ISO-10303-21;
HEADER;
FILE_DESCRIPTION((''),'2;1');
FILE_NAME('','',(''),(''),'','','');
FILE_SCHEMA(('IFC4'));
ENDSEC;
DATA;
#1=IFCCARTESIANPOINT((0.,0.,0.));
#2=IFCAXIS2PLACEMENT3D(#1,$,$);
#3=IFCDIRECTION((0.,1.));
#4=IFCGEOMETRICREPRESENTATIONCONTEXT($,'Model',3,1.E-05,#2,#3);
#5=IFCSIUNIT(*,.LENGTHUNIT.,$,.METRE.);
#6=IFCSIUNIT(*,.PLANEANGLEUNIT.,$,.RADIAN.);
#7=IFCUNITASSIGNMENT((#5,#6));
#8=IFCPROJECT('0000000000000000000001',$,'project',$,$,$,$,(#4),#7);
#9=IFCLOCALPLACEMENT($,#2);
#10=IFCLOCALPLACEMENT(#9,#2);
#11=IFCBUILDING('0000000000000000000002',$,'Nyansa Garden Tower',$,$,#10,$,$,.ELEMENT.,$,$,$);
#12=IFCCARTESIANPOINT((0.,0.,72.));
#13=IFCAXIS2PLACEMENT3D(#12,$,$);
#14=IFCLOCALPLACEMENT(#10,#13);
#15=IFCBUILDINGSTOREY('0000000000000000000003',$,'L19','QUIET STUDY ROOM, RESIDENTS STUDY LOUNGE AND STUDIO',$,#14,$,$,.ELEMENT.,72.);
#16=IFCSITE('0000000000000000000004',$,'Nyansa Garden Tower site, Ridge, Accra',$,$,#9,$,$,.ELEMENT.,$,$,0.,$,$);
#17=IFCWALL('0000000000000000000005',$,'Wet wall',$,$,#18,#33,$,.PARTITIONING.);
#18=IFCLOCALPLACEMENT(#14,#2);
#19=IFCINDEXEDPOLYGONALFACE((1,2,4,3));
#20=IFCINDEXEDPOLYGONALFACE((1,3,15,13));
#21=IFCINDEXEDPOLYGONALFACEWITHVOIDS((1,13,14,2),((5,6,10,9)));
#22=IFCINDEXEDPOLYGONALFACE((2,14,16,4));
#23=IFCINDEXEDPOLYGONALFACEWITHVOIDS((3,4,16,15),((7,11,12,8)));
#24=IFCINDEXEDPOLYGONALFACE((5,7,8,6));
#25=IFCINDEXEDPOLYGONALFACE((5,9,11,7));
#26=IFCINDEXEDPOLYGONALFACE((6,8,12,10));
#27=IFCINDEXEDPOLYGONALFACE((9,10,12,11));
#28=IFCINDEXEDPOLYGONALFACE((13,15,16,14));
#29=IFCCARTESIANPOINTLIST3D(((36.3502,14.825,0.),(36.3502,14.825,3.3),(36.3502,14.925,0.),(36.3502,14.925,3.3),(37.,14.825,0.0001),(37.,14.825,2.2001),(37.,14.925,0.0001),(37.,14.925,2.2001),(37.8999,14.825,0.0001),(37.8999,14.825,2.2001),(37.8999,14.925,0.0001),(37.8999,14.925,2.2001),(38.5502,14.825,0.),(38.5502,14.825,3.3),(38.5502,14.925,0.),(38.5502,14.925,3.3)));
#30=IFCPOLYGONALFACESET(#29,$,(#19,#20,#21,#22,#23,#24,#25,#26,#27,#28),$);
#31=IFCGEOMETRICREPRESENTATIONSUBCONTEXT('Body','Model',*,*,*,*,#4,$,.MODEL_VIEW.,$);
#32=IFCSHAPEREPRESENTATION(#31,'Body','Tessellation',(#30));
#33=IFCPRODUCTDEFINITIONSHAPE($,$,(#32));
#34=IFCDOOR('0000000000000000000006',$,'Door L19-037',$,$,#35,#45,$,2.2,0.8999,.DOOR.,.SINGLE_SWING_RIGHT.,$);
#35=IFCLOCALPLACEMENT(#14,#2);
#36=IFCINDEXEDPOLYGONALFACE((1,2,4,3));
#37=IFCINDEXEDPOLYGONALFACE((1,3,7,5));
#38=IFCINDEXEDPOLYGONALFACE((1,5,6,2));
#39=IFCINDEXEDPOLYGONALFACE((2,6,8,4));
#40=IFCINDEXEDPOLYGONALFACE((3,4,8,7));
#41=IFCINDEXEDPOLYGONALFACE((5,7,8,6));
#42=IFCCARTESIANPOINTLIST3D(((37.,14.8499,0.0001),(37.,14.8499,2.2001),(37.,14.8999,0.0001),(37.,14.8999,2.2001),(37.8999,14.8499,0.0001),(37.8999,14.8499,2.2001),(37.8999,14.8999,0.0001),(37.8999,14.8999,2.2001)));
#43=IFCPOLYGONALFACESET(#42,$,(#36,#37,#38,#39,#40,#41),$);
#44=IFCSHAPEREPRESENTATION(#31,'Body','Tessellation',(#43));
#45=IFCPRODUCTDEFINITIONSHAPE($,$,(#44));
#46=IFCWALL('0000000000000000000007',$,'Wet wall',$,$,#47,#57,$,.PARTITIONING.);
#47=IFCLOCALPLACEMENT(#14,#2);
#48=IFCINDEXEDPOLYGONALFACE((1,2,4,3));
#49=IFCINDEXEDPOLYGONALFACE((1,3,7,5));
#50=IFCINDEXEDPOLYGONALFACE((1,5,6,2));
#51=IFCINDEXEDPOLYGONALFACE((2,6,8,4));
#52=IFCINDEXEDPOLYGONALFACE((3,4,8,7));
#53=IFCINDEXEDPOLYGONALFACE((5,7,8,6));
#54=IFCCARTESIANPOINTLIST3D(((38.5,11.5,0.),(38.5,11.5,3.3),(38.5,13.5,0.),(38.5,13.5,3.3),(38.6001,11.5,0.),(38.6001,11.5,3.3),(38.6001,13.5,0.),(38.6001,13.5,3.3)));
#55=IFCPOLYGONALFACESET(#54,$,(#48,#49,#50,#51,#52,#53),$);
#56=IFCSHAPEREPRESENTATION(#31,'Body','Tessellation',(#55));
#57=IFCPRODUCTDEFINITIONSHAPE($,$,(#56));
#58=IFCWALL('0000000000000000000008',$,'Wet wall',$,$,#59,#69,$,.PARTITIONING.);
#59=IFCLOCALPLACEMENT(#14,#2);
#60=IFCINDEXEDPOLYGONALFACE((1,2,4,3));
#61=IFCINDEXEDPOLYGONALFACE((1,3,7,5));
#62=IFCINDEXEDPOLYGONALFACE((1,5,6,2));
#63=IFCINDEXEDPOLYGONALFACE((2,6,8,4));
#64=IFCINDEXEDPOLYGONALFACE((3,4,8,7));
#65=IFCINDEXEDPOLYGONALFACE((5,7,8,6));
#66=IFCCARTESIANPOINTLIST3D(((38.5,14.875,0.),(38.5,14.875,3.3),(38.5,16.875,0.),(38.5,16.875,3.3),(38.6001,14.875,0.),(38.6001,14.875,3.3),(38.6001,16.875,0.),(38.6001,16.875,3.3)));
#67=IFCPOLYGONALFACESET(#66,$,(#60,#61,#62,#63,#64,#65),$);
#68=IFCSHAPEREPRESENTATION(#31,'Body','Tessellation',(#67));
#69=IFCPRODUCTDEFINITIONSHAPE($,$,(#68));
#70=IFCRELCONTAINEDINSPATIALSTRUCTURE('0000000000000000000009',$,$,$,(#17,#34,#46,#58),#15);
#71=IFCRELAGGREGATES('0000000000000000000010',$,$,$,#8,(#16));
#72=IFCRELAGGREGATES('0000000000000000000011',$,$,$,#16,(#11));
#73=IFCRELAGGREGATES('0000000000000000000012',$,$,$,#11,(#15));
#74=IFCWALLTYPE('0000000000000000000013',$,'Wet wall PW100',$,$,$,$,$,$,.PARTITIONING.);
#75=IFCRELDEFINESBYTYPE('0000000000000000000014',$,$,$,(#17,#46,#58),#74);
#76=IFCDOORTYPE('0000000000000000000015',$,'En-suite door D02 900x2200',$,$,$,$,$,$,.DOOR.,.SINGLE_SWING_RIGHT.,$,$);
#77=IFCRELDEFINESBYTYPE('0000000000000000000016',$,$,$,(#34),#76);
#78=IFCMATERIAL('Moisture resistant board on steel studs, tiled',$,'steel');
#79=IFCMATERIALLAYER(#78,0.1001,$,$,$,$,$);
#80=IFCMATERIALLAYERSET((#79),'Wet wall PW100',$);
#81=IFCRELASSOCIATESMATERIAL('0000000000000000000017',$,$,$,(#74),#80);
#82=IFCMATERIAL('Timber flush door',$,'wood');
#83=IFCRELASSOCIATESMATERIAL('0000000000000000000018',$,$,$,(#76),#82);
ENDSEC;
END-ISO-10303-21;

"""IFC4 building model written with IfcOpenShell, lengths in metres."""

from ifc_helpers import new_model, si_unit, direction, frame, frame_2d, origin, place, context, subcontext, project, spatial, rectangle, extrude, material, layer, layer_set, type_object, element, fill, save


model = new_model("IFC4")

# Units and contexts
model_context = context("Model", 3, precision=1e-05, world=origin(), true_north=direction((0.0, 1.0)))
body_context = subcontext(model_context, "Body", "Model", "MODEL_VIEW")
ifc_project = project(units=[si_unit("LENGTHUNIT", "METRE"), si_unit("PLANEANGLEUNIT", "RADIAN")], contexts=[model_context])

# Site, building, storey
site_placement = place(None, origin())
site = spatial("IfcSite", under=ifc_project, at=site_placement, Name="Nyansa Garden Tower site, Ridge, Accra", CompositionType="ELEMENT", RefElevation=0.0)
building_placement = place(site_placement, origin())
building = spatial("IfcBuilding", under=site, at=building_placement, Name="Nyansa Garden Tower", CompositionType="ELEMENT")
storey_placement = place(building_placement, frame((0.0, 0.0, 72.0)))
storey = spatial("IfcBuildingStorey", under=building, at=storey_placement, Name="L19", Description="QUIET STUDY ROOM, RESIDENTS STUDY LOUNGE AND STUDIO", CompositionType="ELEMENT", Elevation=72.0)

# Wall, opening, door
ifc_material_1 = material(Name="Moisture resistant board on steel studs, tiled", Category="steel")
ifc_layer_1 = layer(ifc_material_1, 0.1001)
ifc_layer_set_1 = layer_set([ifc_layer_1], Name="Wet wall PW100")
wall_type_1 = type_object("IfcWallType", Name="Wet wall PW100", PredefinedType="PARTITIONING", material=ifc_layer_set_1)
ifc_material_2 = material(Name="Timber flush door", Category="wood")
door_type_1 = type_object("IfcDoorType", Name="En-suite door D02 900x2200", OperationType="SINGLE_SWING_RIGHT", PredefinedType="DOOR", material=ifc_material_2)
wall_1_placement = place(storey_placement, frame((36.3501, 14.875, 0.0), z_axis=(0.0, 0.0, 1.0), x_axis=(1.0, 0.0, 0.0)))
wall_1 = element("IfcWall", 1, at=wall_1_placement, inside=storey, type_object=wall_type_1, Name="Wet wall", PredefinedType="PARTITIONING", context=body_context, shape_type="SweptSolid", body=[
    extrude(rectangle(XDim=2.2, YDim=0.1001, at=frame_2d((1.1001, 0.0))), origin(), (0.0, 0.0, 1.0), 3.3),
])
opening_1_placement = place(wall_1_placement, frame((0.6499, 0.0, 0.0)))
opening_1 = element("IfcOpeningElement", 2, at=opening_1_placement, cuts=wall_1, PredefinedType="OPENING", context=body_context, shape_type="SweptSolid", body=[
    extrude(rectangle(XDim=0.8999, YDim=2.2, at=frame_2d((0.45, 1.1001))), frame((0.0, 0.0601, 0.0), z_axis=(0.0, -1.0, 0.0), x_axis=(1.0, 0.0, 0.0)), (0.0, 0.0, 1.0), 0.1201),
])
door_1_placement = place(opening_1_placement, origin())
door_1 = element("IfcDoor", 3, at=door_1_placement, inside=storey, type_object=door_type_1, Name="Door L19-037", OperationType="SINGLE_SWING_RIGHT", OverallHeight=2.2, OverallWidth=0.8999, PredefinedType="DOOR", context=body_context, shape_type="SweptSolid", body=[
    extrude(rectangle(XDim=0.8999, YDim=2.2, at=frame_2d((0.45, 1.1001))), frame((0.0, 0.0249, 0.0), z_axis=(0.0, -1.0, 0.0), x_axis=(1.0, 0.0, 0.0)), (0.0, 0.0, 1.0), 0.05),
])
fill(opening_1, door_1)

# Walls
for number, where, z_axis, x_axis, name in (
    (4, (38.55, 11.5, 0.0), (0.0, 0.0, 1.0), (0.0, 1.0, 0.0), "Wet wall"),
    (5, (38.55, 14.875, 0.0), (0.0, 0.0, 1.0), (0.0, 1.0, 0.0), "Wet wall"),
):
    element("IfcWall", number, at=place(storey_placement, frame(where, z_axis=z_axis, x_axis=x_axis)), inside=storey, type_object=wall_type_1, Name=name, PredefinedType="PARTITIONING", context=body_context, shape_type="SweptSolid", body=[
        extrude(rectangle(XDim=2.0, YDim=0.1001, at=frame_2d((1.0, 0.0))), origin(), (0.0, 0.0, 1.0), 3.3),
    ])

save(model, "model.ifc")
